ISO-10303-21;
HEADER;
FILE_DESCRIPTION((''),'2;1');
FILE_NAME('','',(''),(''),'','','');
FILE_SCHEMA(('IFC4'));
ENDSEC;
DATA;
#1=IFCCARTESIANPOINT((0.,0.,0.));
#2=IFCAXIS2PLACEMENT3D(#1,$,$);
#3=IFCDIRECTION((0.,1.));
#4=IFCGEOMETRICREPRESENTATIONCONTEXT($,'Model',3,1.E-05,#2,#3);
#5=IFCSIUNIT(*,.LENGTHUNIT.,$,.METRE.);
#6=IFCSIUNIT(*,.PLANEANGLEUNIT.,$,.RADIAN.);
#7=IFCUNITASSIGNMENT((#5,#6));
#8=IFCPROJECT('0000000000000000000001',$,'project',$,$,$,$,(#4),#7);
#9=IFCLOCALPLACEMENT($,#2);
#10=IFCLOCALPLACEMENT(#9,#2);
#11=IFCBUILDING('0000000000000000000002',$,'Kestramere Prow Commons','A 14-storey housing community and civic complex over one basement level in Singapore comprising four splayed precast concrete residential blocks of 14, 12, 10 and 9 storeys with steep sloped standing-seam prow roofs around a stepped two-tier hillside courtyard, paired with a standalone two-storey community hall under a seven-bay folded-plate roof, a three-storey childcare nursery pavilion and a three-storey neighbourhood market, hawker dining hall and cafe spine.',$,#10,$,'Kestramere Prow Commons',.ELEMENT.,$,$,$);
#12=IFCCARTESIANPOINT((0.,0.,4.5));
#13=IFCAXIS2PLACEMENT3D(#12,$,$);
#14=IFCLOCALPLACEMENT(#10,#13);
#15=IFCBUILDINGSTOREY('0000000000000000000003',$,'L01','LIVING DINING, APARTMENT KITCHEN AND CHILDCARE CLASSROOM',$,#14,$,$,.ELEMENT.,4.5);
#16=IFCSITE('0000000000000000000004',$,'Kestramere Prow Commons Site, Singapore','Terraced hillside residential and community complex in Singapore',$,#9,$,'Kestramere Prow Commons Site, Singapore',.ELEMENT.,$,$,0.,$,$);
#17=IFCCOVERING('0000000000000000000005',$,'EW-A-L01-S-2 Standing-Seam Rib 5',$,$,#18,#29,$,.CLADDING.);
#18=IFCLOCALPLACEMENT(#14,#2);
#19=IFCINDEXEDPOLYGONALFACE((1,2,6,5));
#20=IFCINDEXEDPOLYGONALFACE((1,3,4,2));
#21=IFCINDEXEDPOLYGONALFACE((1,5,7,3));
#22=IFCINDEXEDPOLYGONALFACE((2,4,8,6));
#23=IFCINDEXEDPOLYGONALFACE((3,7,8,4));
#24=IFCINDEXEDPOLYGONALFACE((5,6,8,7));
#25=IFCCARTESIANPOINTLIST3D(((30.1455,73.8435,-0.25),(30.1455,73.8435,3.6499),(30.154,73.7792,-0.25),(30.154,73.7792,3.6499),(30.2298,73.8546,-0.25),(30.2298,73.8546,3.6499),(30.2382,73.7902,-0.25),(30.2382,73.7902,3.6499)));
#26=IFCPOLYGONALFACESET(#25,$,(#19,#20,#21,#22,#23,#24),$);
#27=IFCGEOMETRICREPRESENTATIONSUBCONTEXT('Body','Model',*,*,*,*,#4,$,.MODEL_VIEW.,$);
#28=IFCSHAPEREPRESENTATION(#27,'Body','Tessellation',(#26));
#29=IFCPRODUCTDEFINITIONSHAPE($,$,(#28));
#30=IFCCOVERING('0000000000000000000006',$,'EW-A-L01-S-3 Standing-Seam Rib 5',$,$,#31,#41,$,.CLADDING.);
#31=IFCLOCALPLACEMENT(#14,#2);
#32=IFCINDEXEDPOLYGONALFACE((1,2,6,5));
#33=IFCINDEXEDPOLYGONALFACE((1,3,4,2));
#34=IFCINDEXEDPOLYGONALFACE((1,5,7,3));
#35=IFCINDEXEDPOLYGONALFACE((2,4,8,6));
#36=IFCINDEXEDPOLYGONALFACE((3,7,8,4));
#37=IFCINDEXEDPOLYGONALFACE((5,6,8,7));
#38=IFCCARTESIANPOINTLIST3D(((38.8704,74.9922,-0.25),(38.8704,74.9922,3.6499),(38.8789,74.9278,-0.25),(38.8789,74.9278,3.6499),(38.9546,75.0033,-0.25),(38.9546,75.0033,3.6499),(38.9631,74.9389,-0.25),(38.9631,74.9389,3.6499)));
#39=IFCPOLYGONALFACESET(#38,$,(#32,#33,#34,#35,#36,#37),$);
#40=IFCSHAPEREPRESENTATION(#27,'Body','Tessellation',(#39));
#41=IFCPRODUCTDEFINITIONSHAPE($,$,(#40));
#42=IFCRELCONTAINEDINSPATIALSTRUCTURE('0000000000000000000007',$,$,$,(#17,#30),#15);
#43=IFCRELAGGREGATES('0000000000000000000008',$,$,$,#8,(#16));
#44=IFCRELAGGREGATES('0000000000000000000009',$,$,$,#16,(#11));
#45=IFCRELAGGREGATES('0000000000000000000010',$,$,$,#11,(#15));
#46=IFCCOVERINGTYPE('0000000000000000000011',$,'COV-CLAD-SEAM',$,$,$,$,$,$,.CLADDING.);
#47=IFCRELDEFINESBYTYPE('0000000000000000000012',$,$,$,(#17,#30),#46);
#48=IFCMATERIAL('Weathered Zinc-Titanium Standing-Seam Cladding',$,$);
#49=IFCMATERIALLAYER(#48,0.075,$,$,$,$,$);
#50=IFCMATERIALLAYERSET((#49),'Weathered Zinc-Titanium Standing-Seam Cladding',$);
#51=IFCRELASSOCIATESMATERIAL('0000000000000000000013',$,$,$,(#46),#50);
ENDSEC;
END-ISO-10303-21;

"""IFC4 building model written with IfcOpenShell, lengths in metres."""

from ifc_helpers import new_model, si_unit, direction, frame, origin, origin_2d, place, context, subcontext, project, spatial, rectangle, extrude, material, layer, layer_set, type_object, element, save


model = new_model("IFC4")

# Units and contexts
model_context = context("Model", 3, precision=1e-05, world=origin(), true_north=direction((0.0, 1.0)))
body_context = subcontext(model_context, "Body", "Model", "MODEL_VIEW")
ifc_project = project(units=[si_unit("LENGTHUNIT", "METRE"), si_unit("PLANEANGLEUNIT", "RADIAN")], contexts=[model_context])

# Site, building, storey
site_placement = place(None, origin())
site = spatial("IfcSite", under=ifc_project, at=site_placement, Name="Kestramere Prow Commons Site, Singapore", Description="Terraced hillside residential and community complex in Singapore", LongName="Kestramere Prow Commons Site, Singapore", CompositionType="ELEMENT", RefElevation=0.0)
building_placement = place(site_placement, origin())
building = spatial("IfcBuilding", under=site, at=building_placement, Name="Kestramere Prow Commons", Description="A 14-storey housing community and civic complex over one basement level in Singapore comprising four splayed precast concrete residential blocks of 14, 12, 10 and 9 storeys with steep sloped standing-seam prow roofs around a stepped two-tier hillside courtyard, paired with a standalone two-storey community hall under a seven-bay folded-plate roof, a three-storey childcare nursery pavilion and a three-storey neighbourhood market, hawker dining hall and cafe spine.", LongName="Kestramere Prow Commons", CompositionType="ELEMENT")
storey_placement = place(building_placement, frame((0.0, 0.0, 4.5)))
storey = spatial("IfcBuildingStorey", under=building, at=storey_placement, Name="L01", Description="LIVING DINING, APARTMENT KITCHEN AND CHILDCARE CLASSROOM", CompositionType="ELEMENT", Elevation=4.5)

# Coverings
ifc_material_1 = material(Name="Weathered Zinc-Titanium Standing-Seam Cladding")
ifc_layer_1 = layer(ifc_material_1, 0.075)
ifc_layer_set_1 = layer_set([ifc_layer_1], Name="Weathered Zinc-Titanium Standing-Seam Cladding")
covering_type = type_object("IfcCoveringType", Name="COV-CLAD-SEAM", PredefinedType="CLADDING", material=ifc_layer_set_1)
for number, where, z_axis, x_axis, name in (
    (1, (30.1919, 73.8169, -0.25), (0.0, 0.0, 1.0), (-0.991445, -0.130526, 0.0), "EW-A-L01-S-2 Standing-Seam Rib 5"),
    (2, (38.9167, 74.9656, -0.25), (0.0, 0.0, 1.0), (-0.991445, -0.130526, 0.0), "EW-A-L01-S-3 Standing-Seam Rib 5"),
):
    element("IfcCovering", number, at=place(storey_placement, frame(where, z_axis=z_axis, x_axis=x_axis)), inside=storey, type_object=covering_type, Name=name, PredefinedType="CLADDING", context=body_context, shape_type="SweptSolid", body=[
        extrude(rectangle(XDim=0.085, YDim=0.0649, at=origin_2d()), origin(), (0.0, 0.0, 1.0), 3.8999),
    ])

save(model, "model.ifc")
